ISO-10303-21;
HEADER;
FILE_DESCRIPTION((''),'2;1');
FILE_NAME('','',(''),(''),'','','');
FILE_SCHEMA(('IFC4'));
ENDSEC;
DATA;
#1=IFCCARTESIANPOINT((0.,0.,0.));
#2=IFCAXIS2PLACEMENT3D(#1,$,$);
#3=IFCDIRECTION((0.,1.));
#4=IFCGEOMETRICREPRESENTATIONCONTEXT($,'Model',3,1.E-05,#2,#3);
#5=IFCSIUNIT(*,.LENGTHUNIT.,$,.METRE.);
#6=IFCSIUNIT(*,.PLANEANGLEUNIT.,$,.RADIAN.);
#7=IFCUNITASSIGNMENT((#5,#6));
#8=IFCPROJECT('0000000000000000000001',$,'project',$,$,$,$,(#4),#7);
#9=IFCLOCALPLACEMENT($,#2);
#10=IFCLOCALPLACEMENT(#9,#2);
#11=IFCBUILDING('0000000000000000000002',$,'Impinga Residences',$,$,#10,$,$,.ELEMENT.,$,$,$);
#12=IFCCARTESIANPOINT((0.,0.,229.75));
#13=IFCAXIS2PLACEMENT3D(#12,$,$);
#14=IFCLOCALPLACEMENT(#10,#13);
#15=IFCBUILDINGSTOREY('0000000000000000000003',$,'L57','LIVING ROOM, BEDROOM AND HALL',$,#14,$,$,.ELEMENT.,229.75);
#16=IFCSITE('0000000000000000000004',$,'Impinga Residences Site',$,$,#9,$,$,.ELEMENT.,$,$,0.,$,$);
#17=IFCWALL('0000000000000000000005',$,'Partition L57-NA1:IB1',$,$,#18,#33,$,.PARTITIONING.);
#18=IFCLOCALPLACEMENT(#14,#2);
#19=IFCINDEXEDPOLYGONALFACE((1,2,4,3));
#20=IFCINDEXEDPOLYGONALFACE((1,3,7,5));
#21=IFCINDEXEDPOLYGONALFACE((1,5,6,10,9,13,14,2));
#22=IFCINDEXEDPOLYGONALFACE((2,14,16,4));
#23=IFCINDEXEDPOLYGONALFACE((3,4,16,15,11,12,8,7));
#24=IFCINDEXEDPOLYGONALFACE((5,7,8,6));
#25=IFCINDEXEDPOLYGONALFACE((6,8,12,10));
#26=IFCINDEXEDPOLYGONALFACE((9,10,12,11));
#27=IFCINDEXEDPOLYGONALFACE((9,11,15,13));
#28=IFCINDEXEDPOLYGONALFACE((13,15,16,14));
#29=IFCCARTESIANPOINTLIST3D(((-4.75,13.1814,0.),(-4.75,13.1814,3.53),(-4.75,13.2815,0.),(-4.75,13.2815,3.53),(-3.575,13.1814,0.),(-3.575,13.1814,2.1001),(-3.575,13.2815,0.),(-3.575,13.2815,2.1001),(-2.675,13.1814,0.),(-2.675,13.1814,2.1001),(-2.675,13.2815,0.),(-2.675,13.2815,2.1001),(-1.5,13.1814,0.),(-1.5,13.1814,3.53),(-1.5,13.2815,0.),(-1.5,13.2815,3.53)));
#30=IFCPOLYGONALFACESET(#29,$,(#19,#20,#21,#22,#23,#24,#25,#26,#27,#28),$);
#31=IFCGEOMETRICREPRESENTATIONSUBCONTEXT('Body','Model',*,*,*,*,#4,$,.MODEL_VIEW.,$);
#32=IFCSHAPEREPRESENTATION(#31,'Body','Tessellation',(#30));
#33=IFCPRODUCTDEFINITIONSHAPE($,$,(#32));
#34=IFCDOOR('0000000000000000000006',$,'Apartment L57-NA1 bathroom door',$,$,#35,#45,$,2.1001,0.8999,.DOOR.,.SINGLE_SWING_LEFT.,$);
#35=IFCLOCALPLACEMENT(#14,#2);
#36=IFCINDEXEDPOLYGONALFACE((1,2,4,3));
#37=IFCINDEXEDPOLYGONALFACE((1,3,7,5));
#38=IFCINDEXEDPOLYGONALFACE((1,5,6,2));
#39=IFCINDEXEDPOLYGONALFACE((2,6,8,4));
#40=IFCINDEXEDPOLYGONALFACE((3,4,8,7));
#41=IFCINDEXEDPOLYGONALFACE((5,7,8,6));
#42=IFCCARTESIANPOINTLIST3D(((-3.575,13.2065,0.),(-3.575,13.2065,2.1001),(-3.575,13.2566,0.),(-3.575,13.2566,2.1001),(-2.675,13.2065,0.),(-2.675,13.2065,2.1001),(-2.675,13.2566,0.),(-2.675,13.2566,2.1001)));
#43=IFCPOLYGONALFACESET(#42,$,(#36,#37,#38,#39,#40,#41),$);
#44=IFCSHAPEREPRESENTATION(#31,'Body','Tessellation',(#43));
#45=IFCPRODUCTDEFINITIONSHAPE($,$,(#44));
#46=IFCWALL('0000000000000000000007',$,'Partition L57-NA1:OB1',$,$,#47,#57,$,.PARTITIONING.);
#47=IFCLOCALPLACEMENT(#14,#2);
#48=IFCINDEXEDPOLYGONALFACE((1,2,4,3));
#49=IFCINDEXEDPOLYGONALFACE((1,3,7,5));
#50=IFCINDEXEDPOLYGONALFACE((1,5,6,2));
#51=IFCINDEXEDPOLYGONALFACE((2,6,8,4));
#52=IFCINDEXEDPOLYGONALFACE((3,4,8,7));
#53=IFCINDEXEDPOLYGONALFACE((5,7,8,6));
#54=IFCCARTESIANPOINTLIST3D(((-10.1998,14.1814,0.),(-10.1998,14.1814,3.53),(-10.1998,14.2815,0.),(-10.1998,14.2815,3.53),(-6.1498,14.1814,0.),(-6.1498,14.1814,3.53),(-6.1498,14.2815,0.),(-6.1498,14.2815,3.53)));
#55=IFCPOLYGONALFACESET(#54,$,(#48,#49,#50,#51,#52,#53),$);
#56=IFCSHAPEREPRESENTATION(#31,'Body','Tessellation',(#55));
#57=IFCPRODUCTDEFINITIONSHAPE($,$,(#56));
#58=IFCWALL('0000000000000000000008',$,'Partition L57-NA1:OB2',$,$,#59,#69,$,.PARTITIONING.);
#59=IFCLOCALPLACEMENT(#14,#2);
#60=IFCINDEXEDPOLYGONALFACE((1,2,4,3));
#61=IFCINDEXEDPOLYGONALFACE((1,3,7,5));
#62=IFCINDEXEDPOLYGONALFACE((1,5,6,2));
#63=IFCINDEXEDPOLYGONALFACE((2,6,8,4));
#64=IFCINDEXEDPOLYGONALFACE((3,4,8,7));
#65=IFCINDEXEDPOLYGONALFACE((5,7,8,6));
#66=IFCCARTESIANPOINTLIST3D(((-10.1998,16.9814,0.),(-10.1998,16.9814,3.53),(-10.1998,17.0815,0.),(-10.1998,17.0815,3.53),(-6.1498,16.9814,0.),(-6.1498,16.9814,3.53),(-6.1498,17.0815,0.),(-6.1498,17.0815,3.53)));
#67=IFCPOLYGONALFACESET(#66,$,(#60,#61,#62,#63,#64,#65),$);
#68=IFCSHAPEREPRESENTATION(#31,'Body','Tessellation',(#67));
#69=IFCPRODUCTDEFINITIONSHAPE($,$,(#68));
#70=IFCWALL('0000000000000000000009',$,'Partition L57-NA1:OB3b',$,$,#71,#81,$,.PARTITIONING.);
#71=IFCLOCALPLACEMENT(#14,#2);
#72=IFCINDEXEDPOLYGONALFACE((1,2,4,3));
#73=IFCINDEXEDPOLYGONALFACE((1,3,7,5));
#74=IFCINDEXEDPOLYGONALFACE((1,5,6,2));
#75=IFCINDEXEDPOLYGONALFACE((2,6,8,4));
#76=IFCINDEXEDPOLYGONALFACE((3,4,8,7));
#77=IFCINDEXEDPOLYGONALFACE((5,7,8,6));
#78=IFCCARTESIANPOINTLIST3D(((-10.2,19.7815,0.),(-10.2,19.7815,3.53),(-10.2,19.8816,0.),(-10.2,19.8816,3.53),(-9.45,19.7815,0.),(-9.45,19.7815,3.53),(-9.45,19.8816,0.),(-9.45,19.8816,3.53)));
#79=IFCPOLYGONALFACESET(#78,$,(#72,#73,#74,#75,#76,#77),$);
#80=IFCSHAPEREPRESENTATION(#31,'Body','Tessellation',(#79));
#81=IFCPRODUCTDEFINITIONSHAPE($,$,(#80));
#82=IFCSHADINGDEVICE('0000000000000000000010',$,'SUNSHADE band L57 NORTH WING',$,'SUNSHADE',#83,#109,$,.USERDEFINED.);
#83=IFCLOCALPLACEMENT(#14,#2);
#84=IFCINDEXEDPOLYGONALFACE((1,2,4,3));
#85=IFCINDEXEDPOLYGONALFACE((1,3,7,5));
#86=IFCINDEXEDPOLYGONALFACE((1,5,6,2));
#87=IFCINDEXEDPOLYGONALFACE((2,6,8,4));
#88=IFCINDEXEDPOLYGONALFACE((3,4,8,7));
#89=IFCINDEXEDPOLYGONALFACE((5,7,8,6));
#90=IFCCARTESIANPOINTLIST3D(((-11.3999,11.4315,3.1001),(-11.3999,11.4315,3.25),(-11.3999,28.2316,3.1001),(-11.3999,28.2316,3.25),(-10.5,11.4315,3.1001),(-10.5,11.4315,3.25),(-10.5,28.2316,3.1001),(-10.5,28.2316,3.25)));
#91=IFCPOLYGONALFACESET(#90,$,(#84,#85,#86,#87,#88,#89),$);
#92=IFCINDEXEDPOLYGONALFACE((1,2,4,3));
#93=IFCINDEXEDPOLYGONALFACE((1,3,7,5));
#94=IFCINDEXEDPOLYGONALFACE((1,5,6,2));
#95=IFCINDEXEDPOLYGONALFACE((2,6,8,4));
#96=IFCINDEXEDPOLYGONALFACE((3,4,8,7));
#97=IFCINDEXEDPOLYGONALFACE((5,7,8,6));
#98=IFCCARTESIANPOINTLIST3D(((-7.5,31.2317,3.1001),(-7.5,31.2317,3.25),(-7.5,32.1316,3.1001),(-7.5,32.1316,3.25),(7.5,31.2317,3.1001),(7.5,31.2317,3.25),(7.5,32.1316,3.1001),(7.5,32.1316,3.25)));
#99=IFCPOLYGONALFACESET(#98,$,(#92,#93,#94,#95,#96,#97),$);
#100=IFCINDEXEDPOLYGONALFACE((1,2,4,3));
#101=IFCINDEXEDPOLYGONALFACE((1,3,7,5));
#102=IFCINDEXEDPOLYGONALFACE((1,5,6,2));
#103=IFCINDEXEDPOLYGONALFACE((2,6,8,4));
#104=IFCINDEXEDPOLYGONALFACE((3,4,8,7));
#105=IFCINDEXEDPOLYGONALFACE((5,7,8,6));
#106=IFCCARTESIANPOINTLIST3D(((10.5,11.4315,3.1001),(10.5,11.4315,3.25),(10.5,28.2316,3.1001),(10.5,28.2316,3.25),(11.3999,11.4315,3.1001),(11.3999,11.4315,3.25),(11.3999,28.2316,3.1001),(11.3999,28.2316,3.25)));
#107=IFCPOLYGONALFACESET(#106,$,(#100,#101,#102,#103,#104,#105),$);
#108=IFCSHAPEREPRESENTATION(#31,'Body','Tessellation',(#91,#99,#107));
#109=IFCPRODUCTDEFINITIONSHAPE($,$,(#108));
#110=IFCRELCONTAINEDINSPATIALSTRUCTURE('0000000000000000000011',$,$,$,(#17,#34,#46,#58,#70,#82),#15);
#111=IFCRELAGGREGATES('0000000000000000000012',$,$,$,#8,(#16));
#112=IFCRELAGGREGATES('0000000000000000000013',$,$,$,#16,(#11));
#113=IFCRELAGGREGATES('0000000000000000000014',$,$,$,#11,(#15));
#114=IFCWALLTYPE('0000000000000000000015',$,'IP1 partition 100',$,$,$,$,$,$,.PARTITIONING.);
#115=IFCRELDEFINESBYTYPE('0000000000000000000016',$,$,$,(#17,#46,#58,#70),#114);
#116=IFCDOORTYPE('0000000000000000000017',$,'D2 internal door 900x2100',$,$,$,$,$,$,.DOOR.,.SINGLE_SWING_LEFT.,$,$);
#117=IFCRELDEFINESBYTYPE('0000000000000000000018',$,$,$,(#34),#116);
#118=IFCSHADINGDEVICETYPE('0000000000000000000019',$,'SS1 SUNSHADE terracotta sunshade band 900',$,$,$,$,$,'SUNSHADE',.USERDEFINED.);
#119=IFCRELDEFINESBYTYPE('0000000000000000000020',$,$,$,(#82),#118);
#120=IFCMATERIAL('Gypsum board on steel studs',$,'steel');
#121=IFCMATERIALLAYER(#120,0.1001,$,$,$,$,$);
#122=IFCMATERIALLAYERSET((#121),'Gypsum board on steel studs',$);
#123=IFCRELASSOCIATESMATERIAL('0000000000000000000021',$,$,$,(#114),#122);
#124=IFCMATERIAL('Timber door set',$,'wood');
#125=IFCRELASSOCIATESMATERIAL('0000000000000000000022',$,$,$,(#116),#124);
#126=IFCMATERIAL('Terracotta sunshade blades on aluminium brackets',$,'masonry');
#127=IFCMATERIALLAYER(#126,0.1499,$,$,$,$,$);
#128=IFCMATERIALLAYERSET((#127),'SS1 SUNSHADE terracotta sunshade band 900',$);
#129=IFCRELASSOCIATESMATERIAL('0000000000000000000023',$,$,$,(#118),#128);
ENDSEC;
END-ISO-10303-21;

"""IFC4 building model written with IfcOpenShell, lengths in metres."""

from ifc_helpers import new_model, si_unit, direction, frame, frame_2d, origin, origin_2d, place, context, subcontext, project, spatial, rectangle, extrude, material, layer, layer_set, type_object, element, fill, save


model = new_model("IFC4")

# Units and contexts
model_context = context("Model", 3, precision=1e-05, world=origin(), true_north=direction((0.0, 1.0)))
body_context = subcontext(model_context, "Body", "Model", "MODEL_VIEW")
ifc_project = project(units=[si_unit("LENGTHUNIT", "METRE"), si_unit("PLANEANGLEUNIT", "RADIAN")], contexts=[model_context])

# Site, building, storey
site_placement = place(None, origin())
site = spatial("IfcSite", under=ifc_project, at=site_placement, Name="Impinga Residences Site", CompositionType="ELEMENT", RefElevation=0.0)
building_placement = place(site_placement, origin())
building = spatial("IfcBuilding", under=site, at=building_placement, Name="Impinga Residences", CompositionType="ELEMENT")
storey_placement = place(building_placement, frame((0.0, 0.0, 229.75)))
storey = spatial("IfcBuildingStorey", under=building, at=storey_placement, Name="L57", Description="LIVING ROOM, BEDROOM AND HALL", CompositionType="ELEMENT", Elevation=229.75)

# Shared definitions
ifc_material_1 = material(Name="Gypsum board on steel studs", Category="steel")
ifc_layer_1 = layer(ifc_material_1, 0.1001)
ifc_layer_set_1 = layer_set([ifc_layer_1], Name="Gypsum board on steel studs")
wall_type_1 = type_object("IfcWallType", Name="IP1 partition 100", PredefinedType="PARTITIONING", material=ifc_layer_set_1)

# Shared definitions
ifc_material_2 = material(Name="Timber door set", Category="wood")
door_type = type_object("IfcDoorType", Name="D2 internal door 900x2100", OperationType="SINGLE_SWING_LEFT", PredefinedType="DOOR", material=ifc_material_2)

# Wall, opening, door
wall_1_placement = place(storey_placement, frame((-1.5, 13.2314, 0.0), z_axis=(0.0, 0.0, 1.0), x_axis=(-1.0, 0.0, 0.0)))
wall_1 = element("IfcWall", 1, at=wall_1_placement, inside=storey, type_object=wall_type_1, Name="Partition L57-NA1:IB1", PredefinedType="PARTITIONING", context=body_context, shape_type="SweptSolid", body=[
    extrude(rectangle(XDim=3.25, YDim=0.1001, at=frame_2d((1.625, 0.0))), origin(), (0.0, 0.0, 1.0), 3.53),
])
opening_1_placement = place(wall_1_placement, frame((1.175, 0.0, 0.0)))
opening_1 = element("IfcOpeningElement", 2, at=opening_1_placement, cuts=wall_1, PredefinedType="OPENING", context=body_context, shape_type="SweptSolid", body=[
    extrude(rectangle(XDim=0.8999, YDim=2.1001, at=frame_2d((0.45, 1.05))), frame((0.0, 0.0601, 0.0), z_axis=(0.0, -1.0, 0.0), x_axis=(1.0, 0.0, 0.0)), (0.0, 0.0, 1.0), 0.1201),
])
door_1_placement = place(opening_1_placement, origin())
door_1 = element("IfcDoor", 3, at=door_1_placement, inside=storey, type_object=door_type, Name="Apartment L57-NA1 bathroom door", OperationType="SINGLE_SWING_LEFT", OverallHeight=2.1001, OverallWidth=0.8999, PredefinedType="DOOR", context=body_context, shape_type="SweptSolid", body=[
    extrude(rectangle(XDim=0.8999, YDim=2.1001, at=frame_2d((0.45, 1.05))), frame((0.0, 0.0249, 0.0), z_axis=(0.0, -1.0, 0.0), x_axis=(1.0, 0.0, 0.0)), (0.0, 0.0, 1.0), 0.05),
])
fill(opening_1, door_1)

# Walls
for number, where, z_axis, x_axis, name in (
    (4, (-6.1499, 14.2314, 0.0), (0.0, 0.0, 1.0), (-1.0, 0.0, 0.0), "Partition L57-NA1:OB1"),
    (5, (-6.1499, 17.0315, 0.0), (0.0, 0.0, 1.0), (-1.0, 0.0, 0.0), "Partition L57-NA1:OB2"),
):
    element("IfcWall", number, at=place(storey_placement, frame(where, z_axis=z_axis, x_axis=x_axis)), inside=storey, type_object=wall_type_1, Name=name, PredefinedType="PARTITIONING", context=body_context, shape_type="SweptSolid", body=[
        extrude(rectangle(XDim=4.05, YDim=0.1001, at=frame_2d((2.0249, 0.0))), origin(), (0.0, 0.0, 1.0), 3.53),
    ])
wall_2_placement = place(storey_placement, frame((-9.45, 19.8315, 0.0), z_axis=(0.0, 0.0, 1.0), x_axis=(-1.0, 0.0, 0.0)))
element("IfcWall", 6, at=wall_2_placement, inside=storey, type_object=wall_type_1, Name="Partition L57-NA1:OB3b", PredefinedType="PARTITIONING", context=body_context, shape_type="SweptSolid", body=[
    extrude(rectangle(XDim=0.75, YDim=0.1001, at=frame_2d((0.375, 0.0))), origin(), (0.0, 0.0, 1.0), 3.53),
])

# Shading device
ifc_material_3 = material(Name="Terracotta sunshade blades on aluminium brackets", Category="masonry")
ifc_layer_2 = layer(ifc_material_3, 0.1499)
ifc_layer_set_2 = layer_set([ifc_layer_2], Name="SS1 SUNSHADE terracotta sunshade band 900")
shading_device_type = type_object("IfcShadingDeviceType", Name="SS1 SUNSHADE terracotta sunshade band 900", ElementType="SUNSHADE", PredefinedType="USERDEFINED", material=ifc_layer_set_2)
shading_device_placement = place(storey_placement, frame((-10.95, 19.8315, 3.1001), z_axis=(0.0, 0.0, 1.0), x_axis=(0.0, 1.0, 0.0)))
element("IfcShadingDevice", 7, at=shading_device_placement, inside=storey, type_object=shading_device_type, Name="SUNSHADE band L57 NORTH WING", ObjectType="SUNSHADE", PredefinedType="USERDEFINED", context=body_context, shape_type="SweptSolid", body=[
    extrude(rectangle(XDim=16.8, YDim=0.8999, at=origin_2d()), origin(), (0.0, 0.0, 1.0), 0.1499),
    extrude(rectangle(XDim=15.0, YDim=0.8999, at=origin_2d()), frame((11.8501, -10.95, 0.0), z_axis=(0.0, 0.0, 1.0), x_axis=(0.0, -1.0, 0.0)), (0.0, 0.0, 1.0), 0.1499),
    extrude(rectangle(XDim=16.8, YDim=0.8999, at=origin_2d()), frame((0.0, -21.8999, 0.0), z_axis=(0.0, 0.0, 1.0), x_axis=(-1.0, 0.0, 0.0)), (0.0, 0.0, 1.0), 0.1499),
])

save(model, "model.ifc")
